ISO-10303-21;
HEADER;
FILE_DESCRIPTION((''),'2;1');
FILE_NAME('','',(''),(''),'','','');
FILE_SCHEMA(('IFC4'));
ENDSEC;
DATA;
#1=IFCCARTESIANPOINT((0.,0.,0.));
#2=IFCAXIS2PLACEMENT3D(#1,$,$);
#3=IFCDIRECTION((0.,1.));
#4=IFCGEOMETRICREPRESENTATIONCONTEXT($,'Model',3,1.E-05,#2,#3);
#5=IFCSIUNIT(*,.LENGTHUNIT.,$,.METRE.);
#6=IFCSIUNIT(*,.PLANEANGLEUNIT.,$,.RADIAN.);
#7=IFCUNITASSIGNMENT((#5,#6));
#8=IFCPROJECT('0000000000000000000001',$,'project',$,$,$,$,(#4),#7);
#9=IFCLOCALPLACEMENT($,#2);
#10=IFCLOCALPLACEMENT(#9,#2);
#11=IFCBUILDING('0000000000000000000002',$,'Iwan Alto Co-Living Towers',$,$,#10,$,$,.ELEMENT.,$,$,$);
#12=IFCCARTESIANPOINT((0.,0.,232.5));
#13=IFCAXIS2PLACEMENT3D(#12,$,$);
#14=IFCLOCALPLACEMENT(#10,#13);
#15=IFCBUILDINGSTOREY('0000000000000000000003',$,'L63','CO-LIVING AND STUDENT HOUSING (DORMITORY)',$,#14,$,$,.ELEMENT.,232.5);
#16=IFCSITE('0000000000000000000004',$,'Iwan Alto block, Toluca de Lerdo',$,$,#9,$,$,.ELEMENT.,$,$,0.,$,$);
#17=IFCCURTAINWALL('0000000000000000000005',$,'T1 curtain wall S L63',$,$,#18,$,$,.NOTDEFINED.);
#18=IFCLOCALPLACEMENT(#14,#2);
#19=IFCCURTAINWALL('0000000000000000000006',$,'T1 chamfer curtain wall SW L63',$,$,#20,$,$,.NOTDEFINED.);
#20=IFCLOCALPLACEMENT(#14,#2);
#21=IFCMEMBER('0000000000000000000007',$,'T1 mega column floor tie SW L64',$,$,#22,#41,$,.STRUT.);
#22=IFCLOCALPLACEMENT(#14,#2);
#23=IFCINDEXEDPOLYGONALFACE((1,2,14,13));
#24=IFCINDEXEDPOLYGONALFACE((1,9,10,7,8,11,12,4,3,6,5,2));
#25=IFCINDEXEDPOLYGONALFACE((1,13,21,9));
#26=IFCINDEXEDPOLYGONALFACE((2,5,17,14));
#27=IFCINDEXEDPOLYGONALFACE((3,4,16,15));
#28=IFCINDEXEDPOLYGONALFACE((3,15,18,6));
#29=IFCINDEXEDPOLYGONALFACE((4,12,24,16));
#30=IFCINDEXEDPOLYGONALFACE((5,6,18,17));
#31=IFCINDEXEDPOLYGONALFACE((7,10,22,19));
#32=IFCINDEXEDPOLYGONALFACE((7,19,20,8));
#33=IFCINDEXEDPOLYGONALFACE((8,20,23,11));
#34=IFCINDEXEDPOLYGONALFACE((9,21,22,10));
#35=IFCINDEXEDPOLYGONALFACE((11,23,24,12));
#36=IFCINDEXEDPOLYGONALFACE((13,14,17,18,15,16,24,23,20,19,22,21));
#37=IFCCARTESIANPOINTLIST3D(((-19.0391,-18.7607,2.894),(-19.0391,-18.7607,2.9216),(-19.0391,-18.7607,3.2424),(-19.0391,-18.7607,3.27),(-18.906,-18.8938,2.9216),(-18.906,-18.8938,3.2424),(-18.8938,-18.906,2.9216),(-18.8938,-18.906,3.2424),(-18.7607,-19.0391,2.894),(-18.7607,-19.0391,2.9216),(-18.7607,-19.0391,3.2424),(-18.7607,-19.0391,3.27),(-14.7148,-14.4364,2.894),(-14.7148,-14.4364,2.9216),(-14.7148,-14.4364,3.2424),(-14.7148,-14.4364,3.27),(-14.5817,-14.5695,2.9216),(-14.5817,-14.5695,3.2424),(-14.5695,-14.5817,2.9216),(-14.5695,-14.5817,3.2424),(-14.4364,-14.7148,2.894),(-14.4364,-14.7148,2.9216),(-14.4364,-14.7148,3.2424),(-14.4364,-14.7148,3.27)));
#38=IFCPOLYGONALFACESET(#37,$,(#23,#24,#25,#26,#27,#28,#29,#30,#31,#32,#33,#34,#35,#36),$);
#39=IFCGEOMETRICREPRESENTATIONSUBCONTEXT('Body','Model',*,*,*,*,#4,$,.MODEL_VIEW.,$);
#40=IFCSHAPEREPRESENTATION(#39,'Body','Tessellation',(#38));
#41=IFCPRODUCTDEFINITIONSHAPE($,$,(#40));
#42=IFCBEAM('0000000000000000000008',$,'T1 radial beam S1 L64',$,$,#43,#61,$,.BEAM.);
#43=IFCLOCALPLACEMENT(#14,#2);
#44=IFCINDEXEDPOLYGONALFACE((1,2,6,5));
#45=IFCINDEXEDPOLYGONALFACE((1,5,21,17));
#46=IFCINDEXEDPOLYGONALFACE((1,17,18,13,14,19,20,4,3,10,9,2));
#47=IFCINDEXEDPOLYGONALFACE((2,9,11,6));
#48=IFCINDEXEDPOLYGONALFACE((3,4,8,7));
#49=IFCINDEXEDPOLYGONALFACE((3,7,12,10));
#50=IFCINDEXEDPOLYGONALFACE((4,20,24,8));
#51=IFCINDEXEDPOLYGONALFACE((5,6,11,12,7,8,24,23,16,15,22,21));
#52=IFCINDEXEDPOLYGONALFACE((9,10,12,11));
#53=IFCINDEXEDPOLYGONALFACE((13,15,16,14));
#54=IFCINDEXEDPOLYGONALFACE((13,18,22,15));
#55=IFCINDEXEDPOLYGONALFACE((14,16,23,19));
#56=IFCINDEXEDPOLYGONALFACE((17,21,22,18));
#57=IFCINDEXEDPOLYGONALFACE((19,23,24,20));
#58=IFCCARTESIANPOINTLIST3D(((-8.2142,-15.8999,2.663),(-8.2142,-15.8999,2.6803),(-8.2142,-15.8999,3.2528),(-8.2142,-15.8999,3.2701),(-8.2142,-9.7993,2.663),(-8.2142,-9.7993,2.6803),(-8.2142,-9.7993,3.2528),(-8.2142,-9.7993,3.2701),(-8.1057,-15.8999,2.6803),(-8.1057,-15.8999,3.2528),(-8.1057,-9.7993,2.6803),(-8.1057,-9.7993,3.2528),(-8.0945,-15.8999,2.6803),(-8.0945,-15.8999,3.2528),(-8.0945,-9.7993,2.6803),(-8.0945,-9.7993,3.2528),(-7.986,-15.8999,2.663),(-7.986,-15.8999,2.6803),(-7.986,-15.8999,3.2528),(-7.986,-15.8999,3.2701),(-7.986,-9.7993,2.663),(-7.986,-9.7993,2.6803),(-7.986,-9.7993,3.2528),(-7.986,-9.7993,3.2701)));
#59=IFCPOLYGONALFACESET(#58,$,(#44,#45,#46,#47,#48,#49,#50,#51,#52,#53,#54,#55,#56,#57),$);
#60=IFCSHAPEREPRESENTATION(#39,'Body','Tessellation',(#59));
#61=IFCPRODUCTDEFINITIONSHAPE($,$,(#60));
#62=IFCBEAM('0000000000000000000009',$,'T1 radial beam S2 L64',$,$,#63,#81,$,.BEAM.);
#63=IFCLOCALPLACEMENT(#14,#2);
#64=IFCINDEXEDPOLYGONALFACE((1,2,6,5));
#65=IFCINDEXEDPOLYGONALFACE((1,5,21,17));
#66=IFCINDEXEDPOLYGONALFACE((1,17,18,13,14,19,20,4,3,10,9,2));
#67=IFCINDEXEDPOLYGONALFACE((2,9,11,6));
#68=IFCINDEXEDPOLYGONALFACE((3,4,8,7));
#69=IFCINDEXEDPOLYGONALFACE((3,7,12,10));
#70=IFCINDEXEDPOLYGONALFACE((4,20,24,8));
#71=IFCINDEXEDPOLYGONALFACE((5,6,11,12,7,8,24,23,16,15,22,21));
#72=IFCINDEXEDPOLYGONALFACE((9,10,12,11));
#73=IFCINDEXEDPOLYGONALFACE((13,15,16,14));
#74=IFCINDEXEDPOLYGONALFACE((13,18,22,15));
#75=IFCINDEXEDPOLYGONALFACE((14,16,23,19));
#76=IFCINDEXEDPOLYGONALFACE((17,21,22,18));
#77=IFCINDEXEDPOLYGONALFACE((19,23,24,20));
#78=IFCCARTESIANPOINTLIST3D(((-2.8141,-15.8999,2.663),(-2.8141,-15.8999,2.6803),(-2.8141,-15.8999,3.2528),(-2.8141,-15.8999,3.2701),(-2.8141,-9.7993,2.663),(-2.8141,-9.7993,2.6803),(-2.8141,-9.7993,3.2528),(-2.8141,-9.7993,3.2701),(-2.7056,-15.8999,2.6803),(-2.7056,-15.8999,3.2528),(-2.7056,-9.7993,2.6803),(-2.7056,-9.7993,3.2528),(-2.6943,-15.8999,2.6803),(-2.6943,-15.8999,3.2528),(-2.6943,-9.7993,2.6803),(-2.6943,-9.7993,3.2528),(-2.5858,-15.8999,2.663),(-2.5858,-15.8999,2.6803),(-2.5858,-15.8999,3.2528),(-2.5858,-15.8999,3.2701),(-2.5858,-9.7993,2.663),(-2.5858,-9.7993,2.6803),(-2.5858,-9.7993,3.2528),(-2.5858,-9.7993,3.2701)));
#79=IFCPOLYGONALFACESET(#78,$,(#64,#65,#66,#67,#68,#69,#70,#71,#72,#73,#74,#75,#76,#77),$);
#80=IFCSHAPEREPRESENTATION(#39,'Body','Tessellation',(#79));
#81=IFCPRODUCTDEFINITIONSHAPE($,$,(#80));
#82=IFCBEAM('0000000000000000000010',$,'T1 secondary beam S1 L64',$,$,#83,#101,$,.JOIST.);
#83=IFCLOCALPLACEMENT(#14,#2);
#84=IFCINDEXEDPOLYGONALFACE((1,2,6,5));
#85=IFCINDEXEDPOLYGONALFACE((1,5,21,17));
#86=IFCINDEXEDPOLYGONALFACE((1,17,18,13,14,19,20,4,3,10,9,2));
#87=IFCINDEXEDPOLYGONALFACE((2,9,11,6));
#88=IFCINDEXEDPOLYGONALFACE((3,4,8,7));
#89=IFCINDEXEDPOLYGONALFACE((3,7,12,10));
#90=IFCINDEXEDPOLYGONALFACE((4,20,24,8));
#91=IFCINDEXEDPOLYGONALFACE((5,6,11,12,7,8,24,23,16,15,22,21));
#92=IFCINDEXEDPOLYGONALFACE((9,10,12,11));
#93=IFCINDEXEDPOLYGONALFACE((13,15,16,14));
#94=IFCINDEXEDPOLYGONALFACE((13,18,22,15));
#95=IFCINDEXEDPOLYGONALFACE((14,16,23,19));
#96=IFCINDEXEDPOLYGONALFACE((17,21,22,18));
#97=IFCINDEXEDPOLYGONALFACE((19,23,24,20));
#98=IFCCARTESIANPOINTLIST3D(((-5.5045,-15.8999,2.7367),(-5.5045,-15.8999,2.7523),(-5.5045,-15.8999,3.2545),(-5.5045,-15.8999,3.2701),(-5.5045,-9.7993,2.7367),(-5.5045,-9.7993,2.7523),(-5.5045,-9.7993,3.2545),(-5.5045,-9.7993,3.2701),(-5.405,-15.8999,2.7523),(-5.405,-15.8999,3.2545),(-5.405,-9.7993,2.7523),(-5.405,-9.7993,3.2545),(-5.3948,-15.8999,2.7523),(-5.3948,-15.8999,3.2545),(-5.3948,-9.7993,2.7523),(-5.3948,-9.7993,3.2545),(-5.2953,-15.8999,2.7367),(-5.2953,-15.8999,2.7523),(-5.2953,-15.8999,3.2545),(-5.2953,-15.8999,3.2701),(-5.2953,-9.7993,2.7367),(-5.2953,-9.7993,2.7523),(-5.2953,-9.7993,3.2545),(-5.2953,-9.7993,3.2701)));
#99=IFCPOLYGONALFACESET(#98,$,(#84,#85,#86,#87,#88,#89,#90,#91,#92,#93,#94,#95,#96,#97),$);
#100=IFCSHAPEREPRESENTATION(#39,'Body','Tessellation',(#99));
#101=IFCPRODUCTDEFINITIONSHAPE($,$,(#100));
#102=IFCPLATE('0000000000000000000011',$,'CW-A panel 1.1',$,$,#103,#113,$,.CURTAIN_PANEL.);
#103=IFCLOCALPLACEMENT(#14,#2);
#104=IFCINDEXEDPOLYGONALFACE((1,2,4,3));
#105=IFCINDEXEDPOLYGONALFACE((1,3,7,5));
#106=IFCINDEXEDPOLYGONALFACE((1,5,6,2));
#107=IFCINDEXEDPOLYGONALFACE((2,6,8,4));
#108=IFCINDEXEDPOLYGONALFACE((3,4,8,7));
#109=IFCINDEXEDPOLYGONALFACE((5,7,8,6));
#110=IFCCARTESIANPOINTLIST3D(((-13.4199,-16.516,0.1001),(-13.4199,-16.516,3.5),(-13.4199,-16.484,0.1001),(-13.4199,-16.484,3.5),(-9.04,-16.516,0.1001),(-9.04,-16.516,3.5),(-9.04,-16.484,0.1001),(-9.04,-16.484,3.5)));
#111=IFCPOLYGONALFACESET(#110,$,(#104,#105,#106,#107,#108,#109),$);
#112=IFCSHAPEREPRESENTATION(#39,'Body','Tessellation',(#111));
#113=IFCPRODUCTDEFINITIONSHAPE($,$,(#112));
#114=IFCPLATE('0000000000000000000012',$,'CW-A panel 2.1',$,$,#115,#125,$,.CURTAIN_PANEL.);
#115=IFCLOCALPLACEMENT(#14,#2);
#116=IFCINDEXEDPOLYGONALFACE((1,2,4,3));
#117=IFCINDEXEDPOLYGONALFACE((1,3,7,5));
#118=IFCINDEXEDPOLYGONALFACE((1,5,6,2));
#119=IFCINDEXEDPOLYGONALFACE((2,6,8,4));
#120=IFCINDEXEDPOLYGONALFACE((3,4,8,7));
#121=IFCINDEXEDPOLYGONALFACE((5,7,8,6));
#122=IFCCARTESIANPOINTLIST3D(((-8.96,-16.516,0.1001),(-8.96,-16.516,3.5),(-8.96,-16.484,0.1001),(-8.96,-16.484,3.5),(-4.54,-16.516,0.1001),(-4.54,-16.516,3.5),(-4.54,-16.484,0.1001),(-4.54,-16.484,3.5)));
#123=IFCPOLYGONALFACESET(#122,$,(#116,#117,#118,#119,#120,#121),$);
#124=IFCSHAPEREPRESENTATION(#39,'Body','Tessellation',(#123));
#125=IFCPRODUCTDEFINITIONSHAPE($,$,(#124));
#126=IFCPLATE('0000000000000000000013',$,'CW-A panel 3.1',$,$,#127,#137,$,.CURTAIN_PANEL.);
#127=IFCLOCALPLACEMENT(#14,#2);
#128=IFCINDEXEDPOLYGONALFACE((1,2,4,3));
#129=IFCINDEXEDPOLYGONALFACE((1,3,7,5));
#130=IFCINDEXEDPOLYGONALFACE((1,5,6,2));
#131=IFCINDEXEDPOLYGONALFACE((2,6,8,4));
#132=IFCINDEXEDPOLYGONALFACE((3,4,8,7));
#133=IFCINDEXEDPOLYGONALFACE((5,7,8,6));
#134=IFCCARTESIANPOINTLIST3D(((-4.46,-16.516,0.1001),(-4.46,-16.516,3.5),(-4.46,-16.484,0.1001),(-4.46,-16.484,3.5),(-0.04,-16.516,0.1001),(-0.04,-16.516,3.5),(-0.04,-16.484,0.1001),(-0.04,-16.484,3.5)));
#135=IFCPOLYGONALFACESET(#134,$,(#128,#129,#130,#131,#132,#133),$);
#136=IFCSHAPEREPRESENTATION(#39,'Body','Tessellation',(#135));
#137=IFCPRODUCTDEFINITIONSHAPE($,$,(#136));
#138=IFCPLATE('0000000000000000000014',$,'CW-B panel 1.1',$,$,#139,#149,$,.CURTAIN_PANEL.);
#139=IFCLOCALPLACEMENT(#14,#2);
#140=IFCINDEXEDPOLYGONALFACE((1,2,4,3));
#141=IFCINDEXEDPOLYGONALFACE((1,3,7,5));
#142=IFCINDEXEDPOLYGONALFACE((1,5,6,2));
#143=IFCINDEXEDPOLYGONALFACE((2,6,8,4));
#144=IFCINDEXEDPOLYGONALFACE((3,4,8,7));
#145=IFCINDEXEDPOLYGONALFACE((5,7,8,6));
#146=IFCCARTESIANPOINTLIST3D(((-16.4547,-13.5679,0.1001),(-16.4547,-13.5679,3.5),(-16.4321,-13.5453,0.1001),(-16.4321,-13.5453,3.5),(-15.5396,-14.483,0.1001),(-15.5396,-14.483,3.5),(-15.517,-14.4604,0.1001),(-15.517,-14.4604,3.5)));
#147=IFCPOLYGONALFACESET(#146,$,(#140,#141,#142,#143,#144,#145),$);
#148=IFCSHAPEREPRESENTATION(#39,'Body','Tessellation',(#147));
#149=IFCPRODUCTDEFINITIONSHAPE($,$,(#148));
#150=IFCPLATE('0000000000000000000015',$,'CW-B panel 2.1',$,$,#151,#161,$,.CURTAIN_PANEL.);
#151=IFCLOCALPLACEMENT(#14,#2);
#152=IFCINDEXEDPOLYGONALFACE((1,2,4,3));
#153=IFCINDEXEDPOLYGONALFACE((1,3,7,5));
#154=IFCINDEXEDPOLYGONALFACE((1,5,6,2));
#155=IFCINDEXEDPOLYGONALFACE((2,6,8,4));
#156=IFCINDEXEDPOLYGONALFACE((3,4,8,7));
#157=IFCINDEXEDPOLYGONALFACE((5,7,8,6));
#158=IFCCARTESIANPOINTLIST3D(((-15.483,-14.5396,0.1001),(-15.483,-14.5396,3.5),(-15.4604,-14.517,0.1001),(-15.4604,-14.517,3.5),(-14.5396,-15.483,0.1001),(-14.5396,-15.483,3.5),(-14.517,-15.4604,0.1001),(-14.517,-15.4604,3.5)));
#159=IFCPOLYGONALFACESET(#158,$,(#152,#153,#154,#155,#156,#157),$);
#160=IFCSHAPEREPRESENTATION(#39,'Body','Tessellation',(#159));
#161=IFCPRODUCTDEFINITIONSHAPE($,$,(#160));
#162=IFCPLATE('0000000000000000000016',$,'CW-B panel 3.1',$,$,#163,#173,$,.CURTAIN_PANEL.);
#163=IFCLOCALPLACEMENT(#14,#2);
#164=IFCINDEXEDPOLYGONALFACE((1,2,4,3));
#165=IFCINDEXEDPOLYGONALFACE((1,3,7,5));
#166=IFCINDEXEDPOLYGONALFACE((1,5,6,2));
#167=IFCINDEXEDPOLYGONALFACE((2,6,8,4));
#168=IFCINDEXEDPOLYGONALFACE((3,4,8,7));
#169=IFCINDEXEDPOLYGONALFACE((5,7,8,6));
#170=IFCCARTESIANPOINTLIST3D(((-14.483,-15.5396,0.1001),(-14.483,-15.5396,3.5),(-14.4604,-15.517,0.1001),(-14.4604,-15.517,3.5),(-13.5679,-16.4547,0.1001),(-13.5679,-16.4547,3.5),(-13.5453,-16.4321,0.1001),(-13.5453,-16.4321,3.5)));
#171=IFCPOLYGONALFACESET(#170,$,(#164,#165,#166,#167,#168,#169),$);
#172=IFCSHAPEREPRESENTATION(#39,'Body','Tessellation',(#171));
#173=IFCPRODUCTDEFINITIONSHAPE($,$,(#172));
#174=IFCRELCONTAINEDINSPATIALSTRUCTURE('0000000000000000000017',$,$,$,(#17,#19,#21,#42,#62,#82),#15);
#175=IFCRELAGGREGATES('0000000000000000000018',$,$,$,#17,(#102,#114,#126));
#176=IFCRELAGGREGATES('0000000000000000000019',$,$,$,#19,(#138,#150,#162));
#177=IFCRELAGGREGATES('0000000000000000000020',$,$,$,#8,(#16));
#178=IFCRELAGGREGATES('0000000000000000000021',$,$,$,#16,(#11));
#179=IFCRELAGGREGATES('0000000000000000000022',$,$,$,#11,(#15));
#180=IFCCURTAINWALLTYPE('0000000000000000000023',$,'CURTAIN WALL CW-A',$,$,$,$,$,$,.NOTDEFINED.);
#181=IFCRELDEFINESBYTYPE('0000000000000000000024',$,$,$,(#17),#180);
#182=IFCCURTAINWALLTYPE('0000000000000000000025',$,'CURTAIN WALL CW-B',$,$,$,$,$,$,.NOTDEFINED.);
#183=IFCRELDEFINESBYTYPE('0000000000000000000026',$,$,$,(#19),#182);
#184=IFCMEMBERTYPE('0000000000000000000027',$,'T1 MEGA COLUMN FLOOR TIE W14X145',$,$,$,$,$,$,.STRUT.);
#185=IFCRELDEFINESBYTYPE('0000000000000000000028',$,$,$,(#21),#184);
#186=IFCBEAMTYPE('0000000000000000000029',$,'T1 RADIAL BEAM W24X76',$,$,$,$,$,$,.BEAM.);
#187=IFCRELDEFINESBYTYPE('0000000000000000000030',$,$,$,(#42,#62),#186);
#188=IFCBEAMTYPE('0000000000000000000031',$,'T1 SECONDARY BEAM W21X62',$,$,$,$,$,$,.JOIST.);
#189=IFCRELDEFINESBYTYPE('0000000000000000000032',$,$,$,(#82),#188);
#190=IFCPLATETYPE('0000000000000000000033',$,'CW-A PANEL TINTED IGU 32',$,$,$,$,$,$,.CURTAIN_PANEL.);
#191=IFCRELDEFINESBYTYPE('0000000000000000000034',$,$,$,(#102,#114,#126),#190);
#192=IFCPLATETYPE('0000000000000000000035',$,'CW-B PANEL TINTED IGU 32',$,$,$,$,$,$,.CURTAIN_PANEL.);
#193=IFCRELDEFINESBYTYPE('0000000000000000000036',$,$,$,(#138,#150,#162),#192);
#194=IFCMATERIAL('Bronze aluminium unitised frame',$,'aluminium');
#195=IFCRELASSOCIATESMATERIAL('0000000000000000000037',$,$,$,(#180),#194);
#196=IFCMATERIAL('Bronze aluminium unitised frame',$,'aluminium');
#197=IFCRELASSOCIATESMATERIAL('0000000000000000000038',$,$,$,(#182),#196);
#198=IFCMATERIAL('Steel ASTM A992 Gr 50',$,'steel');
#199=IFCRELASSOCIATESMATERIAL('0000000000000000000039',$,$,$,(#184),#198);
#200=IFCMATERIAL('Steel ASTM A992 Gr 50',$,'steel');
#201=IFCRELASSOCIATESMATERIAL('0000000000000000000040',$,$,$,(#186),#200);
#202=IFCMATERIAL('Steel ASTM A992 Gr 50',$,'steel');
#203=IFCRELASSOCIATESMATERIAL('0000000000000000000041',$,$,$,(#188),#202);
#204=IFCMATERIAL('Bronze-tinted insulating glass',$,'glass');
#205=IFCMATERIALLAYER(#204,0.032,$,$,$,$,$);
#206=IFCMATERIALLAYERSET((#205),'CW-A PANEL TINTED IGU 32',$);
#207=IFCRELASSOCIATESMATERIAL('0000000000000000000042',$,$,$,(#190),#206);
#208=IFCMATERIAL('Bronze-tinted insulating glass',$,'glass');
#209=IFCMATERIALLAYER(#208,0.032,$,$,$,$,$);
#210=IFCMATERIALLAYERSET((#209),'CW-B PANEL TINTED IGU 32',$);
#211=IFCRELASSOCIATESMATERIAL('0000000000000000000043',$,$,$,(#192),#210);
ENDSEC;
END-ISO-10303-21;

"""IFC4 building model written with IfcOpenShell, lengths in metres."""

from ifc_helpers import new_model, si_unit, direction, frame, origin, origin_2d, place, context, subcontext, project, spatial, rectangle, i_section, extrude, material, layer, layer_set, material_profile, profile_set, type_object, element, aggregate, save


model = new_model("IFC4")

# Units and contexts
model_context = context("Model", 3, precision=1e-05, world=origin(), true_north=direction((0.0, 1.0)))
body_context = subcontext(model_context, "Body", "Model", "MODEL_VIEW")
ifc_project = project(units=[si_unit("LENGTHUNIT", "METRE"), si_unit("PLANEANGLEUNIT", "RADIAN")], contexts=[model_context])

# Site, building, storey
site_placement = place(None, origin())
site = spatial("IfcSite", under=ifc_project, at=site_placement, Name="Iwan Alto block, Toluca de Lerdo", CompositionType="ELEMENT", RefElevation=0.0)
building_placement = place(site_placement, origin())
building = spatial("IfcBuilding", under=site, at=building_placement, Name="Iwan Alto Co-Living Towers", CompositionType="ELEMENT")
storey_placement = place(building_placement, frame((0.0, 0.0, 232.5)))
storey = spatial("IfcBuildingStorey", under=building, at=storey_placement, Name="L63", Description="CO-LIVING AND STUDENT HOUSING (DORMITORY)", CompositionType="ELEMENT", Elevation=232.5)

# Curtain wall
ifc_material_1 = material(Name="Bronze aluminium unitised frame", Category="aluminium")
curtain_wall_type_1 = type_object("IfcCurtainWallType", Name="CURTAIN WALL CW-A", PredefinedType="NOTDEFINED", material=ifc_material_1)
curtain_wall_1_placement = place(storey_placement, origin())
curtain_wall_1 = element("IfcCurtainWall", 1, at=curtain_wall_1_placement, inside=storey, type_object=curtain_wall_type_1, Name="T1 curtain wall S L63", PredefinedType="NOTDEFINED")

# Curtain wall
ifc_material_2 = material(Name="Bronze aluminium unitised frame", Category="aluminium")
curtain_wall_type_2 = type_object("IfcCurtainWallType", Name="CURTAIN WALL CW-B", PredefinedType="NOTDEFINED", material=ifc_material_2)
curtain_wall_2_placement = place(storey_placement, origin())
curtain_wall_2 = element("IfcCurtainWall", 2, at=curtain_wall_2_placement, inside=storey, type_object=curtain_wall_type_2, Name="T1 chamfer curtain wall SW L63", PredefinedType="NOTDEFINED")

# Member
ifc_material_3 = material(Name="Steel ASTM A992 Gr 50", Category="steel")
ifc_material_profile_1 = material_profile(ifc_material_3, i_section(OverallWidth=0.3938, OverallDepth=0.376, WebThickness=0.0173, FlangeThickness=0.0276, at=origin_2d()), Name="W14X145")
ifc_profile_set_1 = profile_set([ifc_material_profile_1], Name="Steel ASTM A992 Gr 50")
member_type_1 = type_object("IfcMemberType", Name="T1 MEGA COLUMN FLOOR TIE W14X145", PredefinedType="STRUT", material=ifc_profile_set_1)
member_1_placement = place(storey_placement, frame((-18.8999, -18.8999, 3.082), z_axis=(0.707107, 0.707107, 0.0), x_axis=(-0.707107, 0.707107, 0.0)))
element("IfcMember", 3, at=member_1_placement, inside=storey, type_object=member_type_1, Name="T1 mega column floor tie SW L64", PredefinedType="STRUT", context=body_context, shape_type="SweptSolid", body=[
    extrude(i_section(OverallWidth=0.3938, OverallDepth=0.376, WebThickness=0.0173, FlangeThickness=0.0276, at=origin_2d()), origin(), (0.0, 0.0, 1.0), 6.1155),
])

# Beams
ifc_material_4 = material(Name="Steel ASTM A992 Gr 50", Category="steel")
ifc_material_profile_2 = material_profile(ifc_material_4, i_section(OverallWidth=0.2283, OverallDepth=0.6072, WebThickness=0.0112, FlangeThickness=0.0173, at=origin_2d()), Name="W24X76")
ifc_profile_set_2 = profile_set([ifc_material_profile_2], Name="Steel ASTM A992 Gr 50")
beam_type_1 = type_object("IfcBeamType", Name="T1 RADIAL BEAM W24X76", PredefinedType="BEAM", material=ifc_profile_set_2)
for number, where, z_axis, x_axis, name in (
    (4, (-8.1001, -15.8999, 2.9666), (0.0, 1.0, 0.0), (-1.0, 0.0, 0.0), "T1 radial beam S1 L64"),
    (5, (-2.7, -15.8999, 2.9666), (0.0, 1.0, 0.0), (-1.0, 0.0, 0.0), "T1 radial beam S2 L64"),
):
    element("IfcBeam", number, at=place(storey_placement, frame(where, z_axis=z_axis, x_axis=x_axis)), inside=storey, type_object=beam_type_1, Name=name, PredefinedType="BEAM", context=body_context, shape_type="SweptSolid", body=[
        extrude(i_section(OverallWidth=0.2283, OverallDepth=0.6072, WebThickness=0.0112, FlangeThickness=0.0173, at=origin_2d()), origin(), (0.0, 0.0, 1.0), 6.1006),
    ])
ifc_material_5 = material(Name="Steel ASTM A992 Gr 50", Category="steel")
ifc_material_profile_3 = material_profile(ifc_material_5, i_section(OverallWidth=0.2092, OverallDepth=0.5334, WebThickness=0.0103, FlangeThickness=0.0156, at=origin_2d()), Name="W21X62")
ifc_profile_set_3 = profile_set([ifc_material_profile_3], Name="Steel ASTM A992 Gr 50")
beam_type_2 = type_object("IfcBeamType", Name="T1 SECONDARY BEAM W21X62", PredefinedType="JOIST", material=ifc_profile_set_3)
beam_1_placement = place(storey_placement, frame((-5.3999, -15.8999, 3.0034), z_axis=(0.0, 1.0, 0.0), x_axis=(-1.0, 0.0, 0.0)))
element("IfcBeam", 6, at=beam_1_placement, inside=storey, type_object=beam_type_2, Name="T1 secondary beam S1 L64", PredefinedType="JOIST", context=body_context, shape_type="SweptSolid", body=[
    extrude(i_section(OverallWidth=0.2092, OverallDepth=0.5334, WebThickness=0.0103, FlangeThickness=0.0156, at=origin_2d()), origin(), (0.0, 0.0, 1.0), 6.1006),
])

# Plates
ifc_material_6 = material(Name="Bronze-tinted insulating glass", Category="glass")
ifc_layer_1 = layer(ifc_material_6, 0.032)
ifc_layer_set_1 = layer_set([ifc_layer_1], Name="CW-A PANEL TINTED IGU 32")
plate_type_1 = type_object("IfcPlateType", Name="CW-A PANEL TINTED IGU 32", PredefinedType="CURTAIN_PANEL", material=ifc_layer_set_1)
plate_1_placement = place(storey_placement, frame((-11.23, -16.5, 0.1001), z_axis=(0.0, 0.0, 1.0), x_axis=(1.0, 0.0, 0.0)))
plate_1 = element("IfcPlate", 7, at=plate_1_placement, type_object=plate_type_1, Name="CW-A panel 1.1", PredefinedType="CURTAIN_PANEL", context=body_context, shape_type="SweptSolid", body=[
    extrude(rectangle(XDim=4.3799, YDim=0.032, at=origin_2d()), origin(), (0.0, 0.0, 1.0), 3.3999),
])
plate_2_placement = place(storey_placement, frame((-6.75, -16.5, 0.1001), z_axis=(0.0, 0.0, 1.0), x_axis=(1.0, 0.0, 0.0)))
plate_2 = element("IfcPlate", 8, at=plate_2_placement, type_object=plate_type_1, Name="CW-A panel 2.1", PredefinedType="CURTAIN_PANEL", context=body_context, shape_type="SweptSolid", body=[
    extrude(rectangle(XDim=4.4199, YDim=0.032, at=origin_2d()), origin(), (0.0, 0.0, 1.0), 3.3999),
])
plate_3_placement = place(storey_placement, frame((-2.25, -16.5, 0.1001), z_axis=(0.0, 0.0, 1.0), x_axis=(1.0, 0.0, 0.0)))
plate_3 = element("IfcPlate", 9, at=plate_3_placement, type_object=plate_type_1, Name="CW-A panel 3.1", PredefinedType="CURTAIN_PANEL", context=body_context, shape_type="SweptSolid", body=[
    extrude(rectangle(XDim=4.4199, YDim=0.032, at=origin_2d()), origin(), (0.0, 0.0, 1.0), 3.3999),
])
aggregate(curtain_wall_1, [plate_1, plate_2, plate_3])
ifc_material_7 = material(Name="Bronze-tinted insulating glass", Category="glass")
ifc_layer_2 = layer(ifc_material_7, 0.032)
ifc_layer_set_2 = layer_set([ifc_layer_2], Name="CW-B PANEL TINTED IGU 32")
plate_type_2 = type_object("IfcPlateType", Name="CW-B PANEL TINTED IGU 32", PredefinedType="CURTAIN_PANEL", material=ifc_layer_set_2)
plate_4_placement = place(storey_placement, frame((-15.9858, -14.0142, 0.1001), z_axis=(0.0, 0.0, 1.0), x_axis=(0.707107, -0.707107, 0.0)))
plate_4 = element("IfcPlate", 10, at=plate_4_placement, type_object=plate_type_2, Name="CW-B panel 1.1", PredefinedType="CURTAIN_PANEL", context=body_context, shape_type="SweptSolid", body=[
    extrude(rectangle(XDim=1.2942, YDim=0.032, at=origin_2d()), origin(), (0.0, 0.0, 1.0), 3.3999),
])
plate_5_placement = place(storey_placement, frame((-15.0, -15.0, 0.1001), z_axis=(0.0, 0.0, 1.0), x_axis=(0.707107, -0.707107, 0.0)))
plate_5 = element("IfcPlate", 11, at=plate_5_placement, type_object=plate_type_2, Name="CW-B panel 2.1", PredefinedType="CURTAIN_PANEL", context=body_context, shape_type="SweptSolid", body=[
    extrude(rectangle(XDim=1.3342, YDim=0.032, at=origin_2d()), origin(), (0.0, 0.0, 1.0), 3.3999),
])
plate_6_placement = place(storey_placement, frame((-14.0142, -15.9858, 0.1001), z_axis=(0.0, 0.0, 1.0), x_axis=(0.707107, -0.707107, 0.0)))
plate_6 = element("IfcPlate", 12, at=plate_6_placement, type_object=plate_type_2, Name="CW-B panel 3.1", PredefinedType="CURTAIN_PANEL", context=body_context, shape_type="SweptSolid", body=[
    extrude(rectangle(XDim=1.2942, YDim=0.032, at=origin_2d()), origin(), (0.0, 0.0, 1.0), 3.3999),
])
aggregate(curtain_wall_2, [plate_4, plate_5, plate_6])

save(model, "model.ifc")
